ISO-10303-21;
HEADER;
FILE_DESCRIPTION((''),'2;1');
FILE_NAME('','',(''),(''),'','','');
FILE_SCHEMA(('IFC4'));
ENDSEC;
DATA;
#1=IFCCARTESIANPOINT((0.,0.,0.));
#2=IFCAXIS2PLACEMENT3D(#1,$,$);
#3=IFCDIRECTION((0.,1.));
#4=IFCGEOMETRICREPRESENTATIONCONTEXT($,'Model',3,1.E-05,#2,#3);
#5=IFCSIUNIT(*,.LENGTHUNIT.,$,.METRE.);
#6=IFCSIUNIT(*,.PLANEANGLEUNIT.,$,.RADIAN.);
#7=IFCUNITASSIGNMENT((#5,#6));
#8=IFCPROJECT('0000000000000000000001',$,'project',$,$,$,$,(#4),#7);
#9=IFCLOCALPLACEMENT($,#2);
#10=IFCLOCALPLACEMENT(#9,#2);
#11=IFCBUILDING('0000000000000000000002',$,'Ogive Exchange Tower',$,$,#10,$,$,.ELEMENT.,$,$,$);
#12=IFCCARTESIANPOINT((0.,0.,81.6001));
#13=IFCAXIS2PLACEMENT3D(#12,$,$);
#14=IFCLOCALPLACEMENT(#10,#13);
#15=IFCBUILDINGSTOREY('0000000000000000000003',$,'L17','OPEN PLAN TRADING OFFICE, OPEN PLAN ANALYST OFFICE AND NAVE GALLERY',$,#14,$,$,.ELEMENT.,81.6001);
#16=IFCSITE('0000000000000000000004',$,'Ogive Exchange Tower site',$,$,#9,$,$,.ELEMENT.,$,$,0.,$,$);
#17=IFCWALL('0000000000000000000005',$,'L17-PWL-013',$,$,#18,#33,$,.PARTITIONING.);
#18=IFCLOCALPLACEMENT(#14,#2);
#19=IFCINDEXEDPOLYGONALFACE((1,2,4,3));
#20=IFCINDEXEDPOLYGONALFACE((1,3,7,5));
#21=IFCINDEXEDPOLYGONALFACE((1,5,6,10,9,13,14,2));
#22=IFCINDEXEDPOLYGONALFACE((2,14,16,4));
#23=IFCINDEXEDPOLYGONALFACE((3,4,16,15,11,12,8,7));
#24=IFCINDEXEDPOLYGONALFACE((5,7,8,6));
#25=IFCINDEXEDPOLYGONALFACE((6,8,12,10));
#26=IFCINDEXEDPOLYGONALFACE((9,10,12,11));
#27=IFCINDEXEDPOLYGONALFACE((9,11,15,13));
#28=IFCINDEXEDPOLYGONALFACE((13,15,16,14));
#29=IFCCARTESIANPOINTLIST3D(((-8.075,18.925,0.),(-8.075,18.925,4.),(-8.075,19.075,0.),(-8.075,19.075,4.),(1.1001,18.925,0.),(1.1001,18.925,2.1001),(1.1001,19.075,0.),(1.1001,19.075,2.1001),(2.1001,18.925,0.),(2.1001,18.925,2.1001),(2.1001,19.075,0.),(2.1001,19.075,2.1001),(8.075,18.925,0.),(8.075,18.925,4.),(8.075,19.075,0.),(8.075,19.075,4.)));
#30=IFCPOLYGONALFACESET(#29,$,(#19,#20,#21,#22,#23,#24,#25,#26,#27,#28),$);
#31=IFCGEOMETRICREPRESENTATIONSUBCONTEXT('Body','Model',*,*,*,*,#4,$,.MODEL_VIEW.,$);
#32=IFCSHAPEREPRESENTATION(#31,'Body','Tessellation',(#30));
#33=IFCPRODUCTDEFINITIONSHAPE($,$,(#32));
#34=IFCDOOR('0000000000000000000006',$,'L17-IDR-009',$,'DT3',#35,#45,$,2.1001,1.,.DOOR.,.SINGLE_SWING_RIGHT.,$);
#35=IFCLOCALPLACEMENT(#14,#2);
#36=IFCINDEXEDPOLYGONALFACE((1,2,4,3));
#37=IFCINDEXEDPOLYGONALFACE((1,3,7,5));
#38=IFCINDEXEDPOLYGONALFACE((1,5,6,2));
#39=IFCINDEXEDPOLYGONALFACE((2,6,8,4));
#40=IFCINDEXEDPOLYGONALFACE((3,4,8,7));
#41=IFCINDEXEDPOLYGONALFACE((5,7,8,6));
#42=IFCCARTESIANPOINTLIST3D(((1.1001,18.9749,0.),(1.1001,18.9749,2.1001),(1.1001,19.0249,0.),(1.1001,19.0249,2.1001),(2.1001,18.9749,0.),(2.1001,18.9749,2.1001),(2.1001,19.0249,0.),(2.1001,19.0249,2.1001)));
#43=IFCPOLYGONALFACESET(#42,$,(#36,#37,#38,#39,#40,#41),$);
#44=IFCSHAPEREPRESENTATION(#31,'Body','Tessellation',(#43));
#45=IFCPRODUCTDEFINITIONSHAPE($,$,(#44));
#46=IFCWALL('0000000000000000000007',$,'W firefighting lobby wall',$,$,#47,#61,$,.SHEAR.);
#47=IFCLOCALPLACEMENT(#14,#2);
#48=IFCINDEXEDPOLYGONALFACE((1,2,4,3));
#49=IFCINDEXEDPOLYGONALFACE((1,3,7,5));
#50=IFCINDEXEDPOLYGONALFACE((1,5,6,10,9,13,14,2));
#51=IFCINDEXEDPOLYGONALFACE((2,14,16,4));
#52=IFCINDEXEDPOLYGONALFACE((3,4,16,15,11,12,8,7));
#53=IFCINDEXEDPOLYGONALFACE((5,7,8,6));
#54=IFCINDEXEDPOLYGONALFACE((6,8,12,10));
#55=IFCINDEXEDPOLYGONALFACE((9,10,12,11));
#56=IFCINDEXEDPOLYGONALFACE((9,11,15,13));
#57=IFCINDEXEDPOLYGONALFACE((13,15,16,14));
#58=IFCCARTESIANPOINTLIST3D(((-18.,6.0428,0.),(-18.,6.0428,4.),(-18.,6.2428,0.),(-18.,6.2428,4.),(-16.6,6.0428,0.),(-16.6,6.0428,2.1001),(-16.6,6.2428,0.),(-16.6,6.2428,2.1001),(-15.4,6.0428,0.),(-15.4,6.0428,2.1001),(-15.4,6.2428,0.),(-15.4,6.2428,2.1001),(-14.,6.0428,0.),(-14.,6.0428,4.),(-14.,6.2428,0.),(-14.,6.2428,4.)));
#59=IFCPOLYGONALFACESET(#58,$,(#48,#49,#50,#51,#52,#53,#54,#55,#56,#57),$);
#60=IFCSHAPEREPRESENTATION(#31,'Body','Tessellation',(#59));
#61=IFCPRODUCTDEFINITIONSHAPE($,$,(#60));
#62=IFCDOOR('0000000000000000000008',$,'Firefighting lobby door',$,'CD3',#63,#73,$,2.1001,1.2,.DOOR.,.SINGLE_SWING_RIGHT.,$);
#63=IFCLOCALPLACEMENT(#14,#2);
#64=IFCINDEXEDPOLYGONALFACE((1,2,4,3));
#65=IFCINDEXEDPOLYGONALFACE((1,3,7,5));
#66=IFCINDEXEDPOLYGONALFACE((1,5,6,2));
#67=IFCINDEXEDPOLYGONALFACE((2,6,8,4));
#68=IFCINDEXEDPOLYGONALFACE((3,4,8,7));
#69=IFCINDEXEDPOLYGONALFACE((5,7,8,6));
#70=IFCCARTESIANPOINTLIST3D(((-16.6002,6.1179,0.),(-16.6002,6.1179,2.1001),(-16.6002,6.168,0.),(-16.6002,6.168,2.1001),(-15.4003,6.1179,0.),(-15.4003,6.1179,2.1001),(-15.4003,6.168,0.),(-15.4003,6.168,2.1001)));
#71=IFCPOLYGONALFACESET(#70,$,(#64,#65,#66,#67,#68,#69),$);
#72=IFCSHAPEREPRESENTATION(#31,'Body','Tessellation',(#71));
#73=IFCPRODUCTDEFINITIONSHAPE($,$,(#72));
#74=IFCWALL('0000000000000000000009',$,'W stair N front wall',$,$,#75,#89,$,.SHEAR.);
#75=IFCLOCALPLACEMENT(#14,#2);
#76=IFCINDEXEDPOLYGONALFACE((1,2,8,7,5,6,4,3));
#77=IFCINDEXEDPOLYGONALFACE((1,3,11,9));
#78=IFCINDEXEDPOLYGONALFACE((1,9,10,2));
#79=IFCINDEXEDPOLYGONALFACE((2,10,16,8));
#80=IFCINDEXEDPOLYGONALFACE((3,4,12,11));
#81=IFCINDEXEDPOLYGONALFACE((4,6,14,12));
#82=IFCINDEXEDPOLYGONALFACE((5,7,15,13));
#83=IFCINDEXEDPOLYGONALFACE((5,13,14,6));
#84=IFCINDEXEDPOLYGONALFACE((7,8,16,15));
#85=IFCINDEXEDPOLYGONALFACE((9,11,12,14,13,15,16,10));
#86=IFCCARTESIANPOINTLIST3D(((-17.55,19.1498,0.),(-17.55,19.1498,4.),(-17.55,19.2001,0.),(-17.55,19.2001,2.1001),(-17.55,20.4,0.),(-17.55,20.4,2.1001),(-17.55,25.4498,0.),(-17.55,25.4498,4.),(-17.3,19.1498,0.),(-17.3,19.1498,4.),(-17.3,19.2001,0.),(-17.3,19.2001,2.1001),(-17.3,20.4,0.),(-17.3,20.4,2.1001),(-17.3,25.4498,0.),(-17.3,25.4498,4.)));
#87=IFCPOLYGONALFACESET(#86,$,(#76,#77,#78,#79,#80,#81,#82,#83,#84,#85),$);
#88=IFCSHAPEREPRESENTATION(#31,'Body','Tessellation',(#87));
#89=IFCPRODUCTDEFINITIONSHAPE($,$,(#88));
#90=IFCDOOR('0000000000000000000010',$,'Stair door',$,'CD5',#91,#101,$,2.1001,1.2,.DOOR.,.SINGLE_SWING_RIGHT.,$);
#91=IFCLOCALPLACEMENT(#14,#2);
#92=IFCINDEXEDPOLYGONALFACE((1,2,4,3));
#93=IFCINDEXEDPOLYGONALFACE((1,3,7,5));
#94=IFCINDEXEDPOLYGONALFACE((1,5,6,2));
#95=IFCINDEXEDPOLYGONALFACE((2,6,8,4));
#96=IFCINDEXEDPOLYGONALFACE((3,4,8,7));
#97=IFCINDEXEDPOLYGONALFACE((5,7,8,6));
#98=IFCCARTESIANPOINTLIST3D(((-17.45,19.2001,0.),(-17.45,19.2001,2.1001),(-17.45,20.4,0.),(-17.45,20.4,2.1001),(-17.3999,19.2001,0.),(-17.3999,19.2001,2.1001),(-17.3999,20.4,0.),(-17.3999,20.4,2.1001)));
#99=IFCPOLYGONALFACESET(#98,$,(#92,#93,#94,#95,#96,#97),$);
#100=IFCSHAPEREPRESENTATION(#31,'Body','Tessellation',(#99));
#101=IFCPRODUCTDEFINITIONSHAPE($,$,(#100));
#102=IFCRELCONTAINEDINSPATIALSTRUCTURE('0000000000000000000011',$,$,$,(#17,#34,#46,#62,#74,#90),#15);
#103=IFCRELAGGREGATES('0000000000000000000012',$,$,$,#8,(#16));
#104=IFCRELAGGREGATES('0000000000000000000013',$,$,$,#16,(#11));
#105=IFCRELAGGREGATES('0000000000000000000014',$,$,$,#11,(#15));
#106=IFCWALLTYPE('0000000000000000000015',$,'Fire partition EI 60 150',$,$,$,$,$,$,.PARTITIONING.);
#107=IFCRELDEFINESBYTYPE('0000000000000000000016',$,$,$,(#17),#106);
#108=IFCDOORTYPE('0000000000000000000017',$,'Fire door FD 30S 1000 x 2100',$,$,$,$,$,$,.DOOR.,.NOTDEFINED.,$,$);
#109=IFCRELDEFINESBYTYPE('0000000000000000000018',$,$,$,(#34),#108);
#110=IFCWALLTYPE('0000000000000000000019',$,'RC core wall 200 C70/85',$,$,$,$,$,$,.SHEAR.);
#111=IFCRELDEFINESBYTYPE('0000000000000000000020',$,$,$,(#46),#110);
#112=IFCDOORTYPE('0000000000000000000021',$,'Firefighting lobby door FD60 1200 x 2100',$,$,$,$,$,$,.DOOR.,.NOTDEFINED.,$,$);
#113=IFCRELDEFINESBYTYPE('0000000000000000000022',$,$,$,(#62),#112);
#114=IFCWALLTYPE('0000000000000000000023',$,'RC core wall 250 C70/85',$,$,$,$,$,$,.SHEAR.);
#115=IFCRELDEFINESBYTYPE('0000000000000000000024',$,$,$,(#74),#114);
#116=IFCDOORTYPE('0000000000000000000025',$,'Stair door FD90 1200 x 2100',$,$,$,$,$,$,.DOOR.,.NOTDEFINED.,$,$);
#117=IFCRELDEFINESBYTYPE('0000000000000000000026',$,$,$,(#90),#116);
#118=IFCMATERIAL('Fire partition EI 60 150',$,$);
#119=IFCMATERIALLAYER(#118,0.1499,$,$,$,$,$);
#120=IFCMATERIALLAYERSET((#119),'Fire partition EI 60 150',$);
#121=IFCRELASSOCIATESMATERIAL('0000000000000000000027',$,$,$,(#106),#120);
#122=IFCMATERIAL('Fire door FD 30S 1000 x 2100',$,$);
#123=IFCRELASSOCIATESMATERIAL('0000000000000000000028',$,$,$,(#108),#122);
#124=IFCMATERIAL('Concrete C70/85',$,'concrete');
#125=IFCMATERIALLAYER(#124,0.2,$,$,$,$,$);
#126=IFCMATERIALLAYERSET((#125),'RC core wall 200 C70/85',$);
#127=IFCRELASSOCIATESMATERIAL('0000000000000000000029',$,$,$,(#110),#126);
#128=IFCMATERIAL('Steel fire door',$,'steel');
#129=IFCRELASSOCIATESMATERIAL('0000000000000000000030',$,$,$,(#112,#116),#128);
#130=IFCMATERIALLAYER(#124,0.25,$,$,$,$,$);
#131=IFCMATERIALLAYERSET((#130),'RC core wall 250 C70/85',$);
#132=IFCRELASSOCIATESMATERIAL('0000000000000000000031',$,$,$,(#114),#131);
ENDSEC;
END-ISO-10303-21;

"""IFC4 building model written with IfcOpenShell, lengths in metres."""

from ifc_helpers import new_model, si_unit, direction, frame, frame_2d, origin, place, context, subcontext, project, spatial, rectangle, extrude, material, layer, layer_set, type_object, element, fill, save


model = new_model("IFC4")

# Units and contexts
model_context = context("Model", 3, precision=1e-05, world=origin(), true_north=direction((0.0, 1.0)))
body_context = subcontext(model_context, "Body", "Model", "MODEL_VIEW")
ifc_project = project(units=[si_unit("LENGTHUNIT", "METRE"), si_unit("PLANEANGLEUNIT", "RADIAN")], contexts=[model_context])

# Site, building, storey
site_placement = place(None, origin())
site = spatial("IfcSite", under=ifc_project, at=site_placement, Name="Ogive Exchange Tower site", CompositionType="ELEMENT", RefElevation=0.0)
building_placement = place(site_placement, origin())
building = spatial("IfcBuilding", under=site, at=building_placement, Name="Ogive Exchange Tower", CompositionType="ELEMENT")
storey_placement = place(building_placement, frame((0.0, 0.0, 81.6001)))
storey = spatial("IfcBuildingStorey", under=building, at=storey_placement, Name="L17", Description="OPEN PLAN TRADING OFFICE, OPEN PLAN ANALYST OFFICE AND NAVE GALLERY", CompositionType="ELEMENT", Elevation=81.6001)

# Walls, openings, doors
ifc_material_1 = material(Name="Fire partition EI 60 150")
ifc_layer_1 = layer(ifc_material_1, 0.1499)
ifc_layer_set_1 = layer_set([ifc_layer_1], Name="Fire partition EI 60 150")
wall_type_1 = type_object("IfcWallType", Name="Fire partition EI 60 150", PredefinedType="PARTITIONING", material=ifc_layer_set_1)
wall_1_placement = place(storey_placement, frame((-8.075, 19.0, 0.0), z_axis=(0.0, 0.0, 1.0), x_axis=(1.0, 0.0, 0.0)))
wall_1 = element("IfcWall", 1, at=wall_1_placement, inside=storey, type_object=wall_type_1, Name="L17-PWL-013", PredefinedType="PARTITIONING", context=body_context, shape_type="SweptSolid", body=[
    extrude(rectangle(XDim=16.1499, YDim=0.1499, at=frame_2d((8.075, 0.0))), origin(), (0.0, 0.0, 1.0), 4.0),
])
opening_1_placement = place(wall_1_placement, frame((9.175, 0.0, 0.0)))
opening_1 = element("IfcOpeningElement", 2, at=opening_1_placement, cuts=wall_1, PredefinedType="OPENING", context=body_context, shape_type="SweptSolid", body=[
    extrude(rectangle(XDim=1.0, YDim=2.1001, at=frame_2d((0.5, 1.05))), frame((0.0, 0.085, 0.0), z_axis=(0.0, -1.0, 0.0), x_axis=(1.0, 0.0, 0.0)), (0.0, 0.0, 1.0), 0.1699),
])
ifc_material_2 = material(Name="Fire door FD 30S 1000 x 2100")
door_type_1 = type_object("IfcDoorType", Name="Fire door FD 30S 1000 x 2100", OperationType="NOTDEFINED", PredefinedType="DOOR", material=ifc_material_2)
door_1_placement = place(opening_1_placement, origin())
door_1 = element("IfcDoor", 3, at=door_1_placement, inside=storey, type_object=door_type_1, Name="L17-IDR-009", ObjectType="DT3", OperationType="SINGLE_SWING_RIGHT", OverallHeight=2.1001, OverallWidth=1.0, PredefinedType="DOOR", context=body_context, shape_type="SweptSolid", body=[
    extrude(rectangle(XDim=1.0, YDim=2.1001, at=frame_2d((0.5, 1.05))), frame((0.0, 0.0249, 0.0), z_axis=(0.0, -1.0, 0.0), x_axis=(1.0, 0.0, 0.0)), (0.0, 0.0, 1.0), 0.05),
])
fill(opening_1, door_1)
ifc_material_3 = material(Name="Concrete C70/85", Category="concrete")
ifc_layer_2 = layer(ifc_material_3, 0.2)
ifc_layer_set_2 = layer_set([ifc_layer_2], Name="RC core wall 200 C70/85")
wall_type_2 = type_object("IfcWallType", Name="RC core wall 200 C70/85", PredefinedType="SHEAR", material=ifc_layer_set_2)
wall_2_placement = place(storey_placement, frame((-18.0, 6.1428, 0.0), z_axis=(0.0, 0.0, 1.0), x_axis=(1.0, 0.0, 0.0)))
wall_2 = element("IfcWall", 4, at=wall_2_placement, inside=storey, type_object=wall_type_2, Name="W firefighting lobby wall", PredefinedType="SHEAR", context=body_context, shape_type="SweptSolid", body=[
    extrude(rectangle(XDim=4.0, YDim=0.2, at=frame_2d((2.0, 0.0))), origin(), (0.0, 0.0, 1.0), 4.0),
])
opening_2_placement = place(wall_2_placement, frame((1.3999, 0.0, 0.0)))
opening_2 = element("IfcOpeningElement", 5, at=opening_2_placement, cuts=wall_2, PredefinedType="OPENING", context=body_context, shape_type="SweptSolid", body=[
    extrude(rectangle(XDim=1.2, YDim=2.1001, at=frame_2d((0.6001, 1.05))), frame((0.0, 0.1099, 0.0), z_axis=(0.0, -1.0, 0.0), x_axis=(1.0, 0.0, 0.0)), (0.0, 0.0, 1.0), 0.22),
])
ifc_material_4 = material(Name="Steel fire door", Category="steel")
door_type_2 = type_object("IfcDoorType", Name="Firefighting lobby door FD60 1200 x 2100", OperationType="NOTDEFINED", PredefinedType="DOOR", material=ifc_material_4)
door_2_placement = place(opening_2_placement, frame((1.2, 0.0, 0.0), z_axis=(0.0, 0.0, 1.0), x_axis=(-1.0, 0.0, 0.0)))
door_2 = element("IfcDoor", 6, at=door_2_placement, inside=storey, type_object=door_type_2, Name="Firefighting lobby door", ObjectType="CD3", OperationType="SINGLE_SWING_RIGHT", OverallHeight=2.1001, OverallWidth=1.2, PredefinedType="DOOR", context=body_context, shape_type="SweptSolid", body=[
    extrude(rectangle(XDim=1.2, YDim=2.1001, at=frame_2d((0.6001, 1.05))), frame((0.0, 0.0249, 0.0), z_axis=(0.0, -1.0, 0.0), x_axis=(1.0, 0.0, 0.0)), (0.0, 0.0, 1.0), 0.05),
])
fill(opening_2, door_2)
ifc_layer_3 = layer(ifc_material_3, 0.25)
ifc_layer_set_3 = layer_set([ifc_layer_3], Name="RC core wall 250 C70/85")
wall_type_3 = type_object("IfcWallType", Name="RC core wall 250 C70/85", PredefinedType="SHEAR", material=ifc_layer_set_3)
wall_3_placement = place(storey_placement, frame((-17.425, 19.1499, 0.0), z_axis=(0.0, 0.0, 1.0), x_axis=(0.0, 1.0, 0.0)))
wall_3 = element("IfcWall", 7, at=wall_3_placement, inside=storey, type_object=wall_type_3, Name="W stair N front wall", PredefinedType="SHEAR", context=body_context, shape_type="SweptSolid", body=[
    extrude(rectangle(XDim=6.3, YDim=0.25, at=frame_2d((3.1499, 0.0))), origin(), (0.0, 0.0, 1.0), 4.0),
])
opening_3_placement = place(wall_3_placement, frame((0.05, 0.0, 0.0)))
opening_3 = element("IfcOpeningElement", 8, at=opening_3_placement, cuts=wall_3, PredefinedType="OPENING", context=body_context, shape_type="SweptSolid", body=[
    extrude(rectangle(XDim=1.2, YDim=2.1001, at=frame_2d((0.6001, 1.05))), frame((0.0, 0.135, 0.0), z_axis=(0.0, -1.0, 0.0), x_axis=(1.0, 0.0, 0.0)), (0.0, 0.0, 1.0), 0.27),
])
door_type_3 = type_object("IfcDoorType", Name="Stair door FD90 1200 x 2100", OperationType="NOTDEFINED", PredefinedType="DOOR", material=ifc_material_4)
door_3_placement = place(opening_3_placement, origin())
door_3 = element("IfcDoor", 9, at=door_3_placement, inside=storey, type_object=door_type_3, Name="Stair door", ObjectType="CD5", OperationType="SINGLE_SWING_RIGHT", OverallHeight=2.1001, OverallWidth=1.2, PredefinedType="DOOR", context=body_context, shape_type="SweptSolid", body=[
    extrude(rectangle(XDim=1.2, YDim=2.1001, at=frame_2d((0.6001, 1.05))), frame((0.0, 0.0249, 0.0), z_axis=(0.0, -1.0, 0.0), x_axis=(1.0, 0.0, 0.0)), (0.0, 0.0, 1.0), 0.05),
])
fill(opening_3, door_3)

save(model, "model.ifc")
